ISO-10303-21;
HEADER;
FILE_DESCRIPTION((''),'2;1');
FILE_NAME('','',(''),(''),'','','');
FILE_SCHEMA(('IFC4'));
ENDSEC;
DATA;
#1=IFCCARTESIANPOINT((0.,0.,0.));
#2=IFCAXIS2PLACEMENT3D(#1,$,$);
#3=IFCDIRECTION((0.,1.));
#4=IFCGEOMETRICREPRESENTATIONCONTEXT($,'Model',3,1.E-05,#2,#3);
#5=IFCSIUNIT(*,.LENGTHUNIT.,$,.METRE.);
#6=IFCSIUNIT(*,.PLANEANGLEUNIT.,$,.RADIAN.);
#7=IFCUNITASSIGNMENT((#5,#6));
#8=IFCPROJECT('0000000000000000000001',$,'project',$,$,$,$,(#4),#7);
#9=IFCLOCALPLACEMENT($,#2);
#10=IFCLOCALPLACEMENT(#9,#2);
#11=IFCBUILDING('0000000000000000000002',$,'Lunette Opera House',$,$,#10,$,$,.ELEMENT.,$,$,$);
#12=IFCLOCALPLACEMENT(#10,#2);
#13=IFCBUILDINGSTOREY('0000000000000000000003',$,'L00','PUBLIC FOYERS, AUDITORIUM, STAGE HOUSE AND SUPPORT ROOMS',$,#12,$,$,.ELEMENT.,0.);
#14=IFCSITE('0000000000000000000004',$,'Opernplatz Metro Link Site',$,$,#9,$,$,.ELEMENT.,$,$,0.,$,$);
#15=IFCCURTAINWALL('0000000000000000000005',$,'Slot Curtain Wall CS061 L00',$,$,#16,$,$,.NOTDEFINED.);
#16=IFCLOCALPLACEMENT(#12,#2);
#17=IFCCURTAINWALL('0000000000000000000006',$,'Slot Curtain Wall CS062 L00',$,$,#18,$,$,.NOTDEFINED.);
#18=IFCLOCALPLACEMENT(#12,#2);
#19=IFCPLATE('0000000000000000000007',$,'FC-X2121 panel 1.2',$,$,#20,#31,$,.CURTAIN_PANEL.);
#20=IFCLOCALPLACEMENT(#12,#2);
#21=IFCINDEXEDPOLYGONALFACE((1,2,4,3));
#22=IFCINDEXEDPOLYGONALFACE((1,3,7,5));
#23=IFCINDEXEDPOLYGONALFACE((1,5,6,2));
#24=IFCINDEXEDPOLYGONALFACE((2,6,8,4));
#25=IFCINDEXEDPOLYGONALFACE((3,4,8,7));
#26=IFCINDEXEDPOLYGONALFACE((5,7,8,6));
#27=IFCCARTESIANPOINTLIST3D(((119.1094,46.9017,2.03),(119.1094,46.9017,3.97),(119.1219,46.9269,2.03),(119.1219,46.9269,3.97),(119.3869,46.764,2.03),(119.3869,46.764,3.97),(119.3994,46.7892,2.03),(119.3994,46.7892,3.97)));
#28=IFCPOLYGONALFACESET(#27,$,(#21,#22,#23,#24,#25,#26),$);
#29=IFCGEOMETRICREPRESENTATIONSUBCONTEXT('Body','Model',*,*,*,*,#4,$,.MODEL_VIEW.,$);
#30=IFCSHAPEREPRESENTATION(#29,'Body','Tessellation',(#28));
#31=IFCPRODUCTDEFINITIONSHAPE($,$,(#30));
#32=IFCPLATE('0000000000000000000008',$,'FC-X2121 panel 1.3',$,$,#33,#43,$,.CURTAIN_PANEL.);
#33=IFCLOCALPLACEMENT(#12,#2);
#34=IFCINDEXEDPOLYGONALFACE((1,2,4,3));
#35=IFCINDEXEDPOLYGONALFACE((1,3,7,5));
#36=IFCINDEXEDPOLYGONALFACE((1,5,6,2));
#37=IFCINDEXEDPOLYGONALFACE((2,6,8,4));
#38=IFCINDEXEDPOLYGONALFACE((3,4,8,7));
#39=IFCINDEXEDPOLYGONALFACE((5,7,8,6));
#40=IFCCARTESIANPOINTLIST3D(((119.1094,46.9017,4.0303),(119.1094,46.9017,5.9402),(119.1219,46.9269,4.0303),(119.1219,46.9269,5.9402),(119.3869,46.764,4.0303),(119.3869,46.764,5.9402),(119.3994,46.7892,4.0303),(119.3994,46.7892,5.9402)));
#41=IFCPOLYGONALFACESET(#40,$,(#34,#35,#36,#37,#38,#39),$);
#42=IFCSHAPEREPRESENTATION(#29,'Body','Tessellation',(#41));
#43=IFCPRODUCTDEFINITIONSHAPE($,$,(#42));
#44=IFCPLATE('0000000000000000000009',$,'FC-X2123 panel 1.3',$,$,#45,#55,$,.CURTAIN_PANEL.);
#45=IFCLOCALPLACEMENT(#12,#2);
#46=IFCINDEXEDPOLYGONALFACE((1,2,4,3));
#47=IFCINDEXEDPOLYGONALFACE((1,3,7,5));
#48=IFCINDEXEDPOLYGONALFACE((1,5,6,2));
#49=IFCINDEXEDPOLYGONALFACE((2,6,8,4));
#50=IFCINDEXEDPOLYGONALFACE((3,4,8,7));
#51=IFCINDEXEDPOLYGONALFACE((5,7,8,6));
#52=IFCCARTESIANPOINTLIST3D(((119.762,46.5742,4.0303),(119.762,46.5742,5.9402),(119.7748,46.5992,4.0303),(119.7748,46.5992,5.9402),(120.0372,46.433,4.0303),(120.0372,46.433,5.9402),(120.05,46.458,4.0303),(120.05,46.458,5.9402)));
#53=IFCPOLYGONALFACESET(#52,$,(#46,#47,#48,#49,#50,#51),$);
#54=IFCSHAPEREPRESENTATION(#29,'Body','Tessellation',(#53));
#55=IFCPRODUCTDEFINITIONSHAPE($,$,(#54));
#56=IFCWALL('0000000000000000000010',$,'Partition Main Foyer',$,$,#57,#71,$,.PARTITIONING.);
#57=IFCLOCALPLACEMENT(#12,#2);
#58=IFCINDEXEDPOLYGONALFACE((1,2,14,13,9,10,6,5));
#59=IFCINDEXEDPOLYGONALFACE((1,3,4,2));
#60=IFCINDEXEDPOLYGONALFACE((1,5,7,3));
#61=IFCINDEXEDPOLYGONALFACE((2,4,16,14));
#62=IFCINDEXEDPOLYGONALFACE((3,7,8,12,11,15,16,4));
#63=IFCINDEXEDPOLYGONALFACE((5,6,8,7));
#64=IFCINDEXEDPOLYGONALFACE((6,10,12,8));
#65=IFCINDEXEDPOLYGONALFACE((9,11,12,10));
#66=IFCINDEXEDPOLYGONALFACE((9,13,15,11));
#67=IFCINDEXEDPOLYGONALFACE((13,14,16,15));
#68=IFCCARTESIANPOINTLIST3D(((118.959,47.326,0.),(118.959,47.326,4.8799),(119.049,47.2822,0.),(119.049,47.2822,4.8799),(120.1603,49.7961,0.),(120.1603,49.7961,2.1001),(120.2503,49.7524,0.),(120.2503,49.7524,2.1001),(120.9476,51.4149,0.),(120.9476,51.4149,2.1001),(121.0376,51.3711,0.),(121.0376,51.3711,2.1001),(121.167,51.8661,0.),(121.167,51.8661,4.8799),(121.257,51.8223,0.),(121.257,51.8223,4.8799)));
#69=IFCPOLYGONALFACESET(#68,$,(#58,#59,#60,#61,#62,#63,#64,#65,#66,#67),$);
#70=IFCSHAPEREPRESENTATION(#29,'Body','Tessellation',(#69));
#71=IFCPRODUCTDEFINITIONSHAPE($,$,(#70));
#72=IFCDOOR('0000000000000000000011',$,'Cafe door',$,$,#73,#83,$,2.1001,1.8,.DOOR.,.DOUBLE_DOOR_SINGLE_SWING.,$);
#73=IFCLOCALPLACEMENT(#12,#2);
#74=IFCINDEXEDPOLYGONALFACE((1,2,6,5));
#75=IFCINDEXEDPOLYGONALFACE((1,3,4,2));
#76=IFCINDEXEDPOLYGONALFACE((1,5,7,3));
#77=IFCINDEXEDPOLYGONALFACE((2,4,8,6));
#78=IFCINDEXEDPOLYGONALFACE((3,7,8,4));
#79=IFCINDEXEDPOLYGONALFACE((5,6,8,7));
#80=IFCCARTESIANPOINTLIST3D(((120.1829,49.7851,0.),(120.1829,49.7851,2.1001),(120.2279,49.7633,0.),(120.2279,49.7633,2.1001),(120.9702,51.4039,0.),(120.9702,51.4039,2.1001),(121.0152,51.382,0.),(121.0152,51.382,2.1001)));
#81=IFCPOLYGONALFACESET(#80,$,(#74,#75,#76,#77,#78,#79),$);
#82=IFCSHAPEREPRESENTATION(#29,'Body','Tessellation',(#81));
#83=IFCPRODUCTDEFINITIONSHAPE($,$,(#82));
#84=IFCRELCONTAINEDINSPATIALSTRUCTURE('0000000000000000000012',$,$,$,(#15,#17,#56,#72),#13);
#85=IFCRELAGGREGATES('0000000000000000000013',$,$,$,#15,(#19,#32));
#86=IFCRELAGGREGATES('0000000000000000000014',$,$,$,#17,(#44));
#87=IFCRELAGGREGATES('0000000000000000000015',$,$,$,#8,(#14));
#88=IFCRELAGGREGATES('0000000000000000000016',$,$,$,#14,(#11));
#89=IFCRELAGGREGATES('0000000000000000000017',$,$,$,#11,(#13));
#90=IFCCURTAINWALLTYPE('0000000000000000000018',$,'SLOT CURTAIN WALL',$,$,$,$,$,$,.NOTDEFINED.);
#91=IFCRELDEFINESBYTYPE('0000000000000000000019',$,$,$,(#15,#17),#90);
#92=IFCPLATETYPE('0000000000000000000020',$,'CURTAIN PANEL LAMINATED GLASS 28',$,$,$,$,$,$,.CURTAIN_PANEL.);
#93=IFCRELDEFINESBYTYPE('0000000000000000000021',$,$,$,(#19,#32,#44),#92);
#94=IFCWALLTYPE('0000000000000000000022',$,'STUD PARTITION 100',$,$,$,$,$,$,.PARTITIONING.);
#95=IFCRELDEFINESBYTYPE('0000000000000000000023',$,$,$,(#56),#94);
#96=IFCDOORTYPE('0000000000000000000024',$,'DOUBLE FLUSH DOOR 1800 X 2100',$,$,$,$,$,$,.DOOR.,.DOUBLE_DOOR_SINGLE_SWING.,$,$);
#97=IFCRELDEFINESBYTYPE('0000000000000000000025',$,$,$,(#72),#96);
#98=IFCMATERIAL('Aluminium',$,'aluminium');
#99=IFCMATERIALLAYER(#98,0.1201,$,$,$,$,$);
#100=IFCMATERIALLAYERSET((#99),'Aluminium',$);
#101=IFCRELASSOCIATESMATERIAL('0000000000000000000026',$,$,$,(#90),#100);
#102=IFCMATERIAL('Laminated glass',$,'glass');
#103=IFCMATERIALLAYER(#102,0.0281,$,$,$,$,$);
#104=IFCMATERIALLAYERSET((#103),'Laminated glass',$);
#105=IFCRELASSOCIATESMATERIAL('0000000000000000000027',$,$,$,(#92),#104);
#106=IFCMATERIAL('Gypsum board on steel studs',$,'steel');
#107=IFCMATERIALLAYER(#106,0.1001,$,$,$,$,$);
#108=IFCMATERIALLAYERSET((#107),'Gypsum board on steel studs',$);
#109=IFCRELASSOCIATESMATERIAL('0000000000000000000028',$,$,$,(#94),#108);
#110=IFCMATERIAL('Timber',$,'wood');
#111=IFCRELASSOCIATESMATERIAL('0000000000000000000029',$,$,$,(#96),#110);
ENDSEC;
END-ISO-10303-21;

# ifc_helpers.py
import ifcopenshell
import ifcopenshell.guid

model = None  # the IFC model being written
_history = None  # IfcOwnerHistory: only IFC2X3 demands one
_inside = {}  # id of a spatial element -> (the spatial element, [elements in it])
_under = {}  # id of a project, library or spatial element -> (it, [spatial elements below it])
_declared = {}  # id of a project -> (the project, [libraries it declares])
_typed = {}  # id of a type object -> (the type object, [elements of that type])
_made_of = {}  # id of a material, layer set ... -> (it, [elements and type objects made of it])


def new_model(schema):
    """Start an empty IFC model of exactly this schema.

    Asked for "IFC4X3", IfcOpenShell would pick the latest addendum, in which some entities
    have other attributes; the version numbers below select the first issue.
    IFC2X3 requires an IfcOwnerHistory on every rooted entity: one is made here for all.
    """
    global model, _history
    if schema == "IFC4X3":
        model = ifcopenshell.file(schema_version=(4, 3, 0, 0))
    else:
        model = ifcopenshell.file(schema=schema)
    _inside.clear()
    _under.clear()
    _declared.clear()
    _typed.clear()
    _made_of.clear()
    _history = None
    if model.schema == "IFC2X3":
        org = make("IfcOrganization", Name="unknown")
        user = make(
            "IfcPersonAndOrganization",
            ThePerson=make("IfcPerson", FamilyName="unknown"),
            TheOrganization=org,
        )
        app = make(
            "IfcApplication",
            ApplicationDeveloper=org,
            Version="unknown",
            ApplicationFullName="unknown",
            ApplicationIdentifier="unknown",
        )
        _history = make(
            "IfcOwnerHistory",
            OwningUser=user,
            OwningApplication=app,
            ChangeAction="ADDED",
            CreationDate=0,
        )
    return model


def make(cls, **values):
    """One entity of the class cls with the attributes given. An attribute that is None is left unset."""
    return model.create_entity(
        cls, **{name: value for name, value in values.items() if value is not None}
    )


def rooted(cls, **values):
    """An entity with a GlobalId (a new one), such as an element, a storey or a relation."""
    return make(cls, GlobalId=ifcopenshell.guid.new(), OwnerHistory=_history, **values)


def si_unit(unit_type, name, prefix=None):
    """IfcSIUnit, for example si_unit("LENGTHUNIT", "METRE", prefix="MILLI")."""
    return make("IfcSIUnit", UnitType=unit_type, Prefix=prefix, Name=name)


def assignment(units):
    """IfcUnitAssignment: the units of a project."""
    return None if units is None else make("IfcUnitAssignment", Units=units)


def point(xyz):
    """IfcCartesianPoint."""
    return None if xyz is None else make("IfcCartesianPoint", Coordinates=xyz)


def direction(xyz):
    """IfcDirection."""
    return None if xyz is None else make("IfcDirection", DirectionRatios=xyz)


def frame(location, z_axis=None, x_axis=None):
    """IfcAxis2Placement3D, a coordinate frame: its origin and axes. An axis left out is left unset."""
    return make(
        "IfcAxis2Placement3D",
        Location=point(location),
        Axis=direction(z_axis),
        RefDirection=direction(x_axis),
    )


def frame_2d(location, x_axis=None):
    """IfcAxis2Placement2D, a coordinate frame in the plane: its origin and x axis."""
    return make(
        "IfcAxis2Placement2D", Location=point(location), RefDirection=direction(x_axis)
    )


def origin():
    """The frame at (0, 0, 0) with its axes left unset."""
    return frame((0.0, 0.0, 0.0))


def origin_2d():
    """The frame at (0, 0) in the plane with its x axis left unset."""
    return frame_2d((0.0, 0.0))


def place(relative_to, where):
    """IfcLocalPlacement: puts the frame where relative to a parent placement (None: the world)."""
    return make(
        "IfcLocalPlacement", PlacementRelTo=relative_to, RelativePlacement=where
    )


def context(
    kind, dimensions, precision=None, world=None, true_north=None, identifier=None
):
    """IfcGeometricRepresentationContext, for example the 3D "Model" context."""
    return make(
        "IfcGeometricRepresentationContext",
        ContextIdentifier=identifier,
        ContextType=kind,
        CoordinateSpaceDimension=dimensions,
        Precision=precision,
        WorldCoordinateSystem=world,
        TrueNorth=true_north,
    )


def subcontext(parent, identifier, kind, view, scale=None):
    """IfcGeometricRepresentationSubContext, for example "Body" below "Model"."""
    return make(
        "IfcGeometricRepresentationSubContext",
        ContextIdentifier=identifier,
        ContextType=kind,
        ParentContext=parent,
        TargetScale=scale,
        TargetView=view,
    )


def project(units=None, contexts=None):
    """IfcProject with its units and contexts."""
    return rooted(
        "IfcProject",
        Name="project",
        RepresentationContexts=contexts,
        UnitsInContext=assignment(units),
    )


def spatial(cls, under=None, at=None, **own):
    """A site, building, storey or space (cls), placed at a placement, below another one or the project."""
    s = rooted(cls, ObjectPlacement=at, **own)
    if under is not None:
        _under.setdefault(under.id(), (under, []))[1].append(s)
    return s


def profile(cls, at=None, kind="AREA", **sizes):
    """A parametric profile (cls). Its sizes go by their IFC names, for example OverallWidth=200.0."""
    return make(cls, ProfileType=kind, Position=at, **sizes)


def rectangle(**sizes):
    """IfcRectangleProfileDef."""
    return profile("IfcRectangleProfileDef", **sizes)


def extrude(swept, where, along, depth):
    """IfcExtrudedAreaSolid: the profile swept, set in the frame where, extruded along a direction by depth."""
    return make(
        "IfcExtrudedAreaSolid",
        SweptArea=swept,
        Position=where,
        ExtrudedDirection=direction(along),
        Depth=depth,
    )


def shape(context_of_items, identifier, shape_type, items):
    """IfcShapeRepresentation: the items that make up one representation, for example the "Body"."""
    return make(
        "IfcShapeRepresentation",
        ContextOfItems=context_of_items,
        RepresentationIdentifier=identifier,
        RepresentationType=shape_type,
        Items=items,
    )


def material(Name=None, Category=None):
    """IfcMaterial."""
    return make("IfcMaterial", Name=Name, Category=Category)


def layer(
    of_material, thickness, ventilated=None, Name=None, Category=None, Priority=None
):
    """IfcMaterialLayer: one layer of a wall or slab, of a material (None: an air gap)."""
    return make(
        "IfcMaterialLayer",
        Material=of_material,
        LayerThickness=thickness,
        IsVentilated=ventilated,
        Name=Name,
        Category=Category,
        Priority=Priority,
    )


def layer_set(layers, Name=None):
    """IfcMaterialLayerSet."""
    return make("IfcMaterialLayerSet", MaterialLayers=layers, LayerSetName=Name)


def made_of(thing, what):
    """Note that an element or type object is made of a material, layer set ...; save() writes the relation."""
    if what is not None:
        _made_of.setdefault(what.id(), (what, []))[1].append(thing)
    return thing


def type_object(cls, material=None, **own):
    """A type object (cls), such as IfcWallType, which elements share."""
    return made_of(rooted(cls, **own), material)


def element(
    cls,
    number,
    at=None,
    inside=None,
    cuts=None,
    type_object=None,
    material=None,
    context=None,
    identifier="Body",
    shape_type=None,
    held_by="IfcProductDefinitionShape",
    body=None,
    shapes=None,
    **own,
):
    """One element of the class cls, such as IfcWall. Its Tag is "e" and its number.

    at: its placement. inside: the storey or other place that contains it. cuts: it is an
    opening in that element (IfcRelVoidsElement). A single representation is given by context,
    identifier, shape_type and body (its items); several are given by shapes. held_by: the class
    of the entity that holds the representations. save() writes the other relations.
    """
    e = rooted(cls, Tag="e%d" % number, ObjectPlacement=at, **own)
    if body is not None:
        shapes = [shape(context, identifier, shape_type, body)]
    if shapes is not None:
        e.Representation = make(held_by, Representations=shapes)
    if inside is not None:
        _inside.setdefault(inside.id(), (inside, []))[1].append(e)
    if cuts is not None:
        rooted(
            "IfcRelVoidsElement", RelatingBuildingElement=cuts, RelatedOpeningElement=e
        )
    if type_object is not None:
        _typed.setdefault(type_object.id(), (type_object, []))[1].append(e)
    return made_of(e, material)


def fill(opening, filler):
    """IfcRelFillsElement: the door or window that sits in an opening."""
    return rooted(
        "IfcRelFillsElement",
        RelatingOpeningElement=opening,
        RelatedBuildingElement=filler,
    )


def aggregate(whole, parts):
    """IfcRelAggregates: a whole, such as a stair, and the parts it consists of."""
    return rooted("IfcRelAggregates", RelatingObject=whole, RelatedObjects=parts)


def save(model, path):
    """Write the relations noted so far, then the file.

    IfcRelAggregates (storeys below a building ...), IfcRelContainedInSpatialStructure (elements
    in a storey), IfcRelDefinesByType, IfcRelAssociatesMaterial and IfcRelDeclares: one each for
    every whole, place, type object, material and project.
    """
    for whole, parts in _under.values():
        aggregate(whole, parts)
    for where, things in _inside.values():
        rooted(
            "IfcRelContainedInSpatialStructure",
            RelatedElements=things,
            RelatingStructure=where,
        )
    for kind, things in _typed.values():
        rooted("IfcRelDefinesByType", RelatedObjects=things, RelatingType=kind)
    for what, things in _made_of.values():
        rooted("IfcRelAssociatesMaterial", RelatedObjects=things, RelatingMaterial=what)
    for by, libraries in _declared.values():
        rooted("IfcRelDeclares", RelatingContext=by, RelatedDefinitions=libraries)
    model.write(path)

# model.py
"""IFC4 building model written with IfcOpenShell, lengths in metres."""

from ifc_helpers import new_model, si_unit, direction, frame, frame_2d, origin, origin_2d, place, context, subcontext, project, spatial, rectangle, extrude, material, layer, layer_set, type_object, element, fill, aggregate, save


model = new_model("IFC4")

# Units and contexts
model_context = context("Model", 3, precision=1e-05, world=origin(), true_north=direction((0.0, 1.0)))
body_context = subcontext(model_context, "Body", "Model", "MODEL_VIEW")
ifc_project = project(units=[si_unit("LENGTHUNIT", "METRE"), si_unit("PLANEANGLEUNIT", "RADIAN")], contexts=[model_context])

# Site, building, storey
site_placement = place(None, origin())
site = spatial("IfcSite", under=ifc_project, at=site_placement, Name="Opernplatz Metro Link Site", CompositionType="ELEMENT", RefElevation=0.0)
building_placement = place(site_placement, origin())
building = spatial("IfcBuilding", under=site, at=building_placement, Name="Lunette Opera House", CompositionType="ELEMENT")
storey_placement = place(building_placement, origin())
storey = spatial("IfcBuildingStorey", under=building, at=storey_placement, Name="L00", Description="PUBLIC FOYERS, AUDITORIUM, STAGE HOUSE AND SUPPORT ROOMS", CompositionType="ELEMENT", Elevation=0.0)

# Shared definitions
ifc_material_1 = material(Name="Aluminium", Category="aluminium")
ifc_layer_1 = layer(ifc_material_1, 0.1201)
ifc_layer_set_1 = layer_set([ifc_layer_1], Name="Aluminium")
curtain_wall_type = type_object("IfcCurtainWallType", Name="SLOT CURTAIN WALL", PredefinedType="NOTDEFINED", material=ifc_layer_set_1)

# Curtain wall
curtain_wall_1_placement = place(storey_placement, origin())
curtain_wall_1 = element("IfcCurtainWall", 1, at=curtain_wall_1_placement, inside=storey, type_object=curtain_wall_type, Name="Slot Curtain Wall CS061 L00", PredefinedType="NOTDEFINED")

# Curtain wall
curtain_wall_2_placement = place(storey_placement, origin())
curtain_wall_2 = element("IfcCurtainWall", 2, at=curtain_wall_2_placement, inside=storey, type_object=curtain_wall_type, Name="Slot Curtain Wall CS062 L00", PredefinedType="NOTDEFINED")

# Plates
ifc_material_2 = material(Name="Laminated glass", Category="glass")
ifc_layer_2 = layer(ifc_material_2, 0.0281)
ifc_layer_set_2 = layer_set([ifc_layer_2], Name="Laminated glass")
plate_type = type_object("IfcPlateType", Name="CURTAIN PANEL LAMINATED GLASS 28", PredefinedType="CURTAIN_PANEL", material=ifc_layer_set_2)
plate_1_placement = place(storey_placement, frame((119.2544, 46.8455, 2.03), z_axis=(0.0, 0.0, 1.0), x_axis=(0.895819, -0.444419, 0.0)))
plate_1 = element("IfcPlate", 3, at=plate_1_placement, type_object=plate_type, Name="FC-X2121 panel 1.2", PredefinedType="CURTAIN_PANEL", context=body_context, shape_type="SweptSolid", body=[
    extrude(rectangle(XDim=0.3098, YDim=0.0281, at=origin_2d()), origin(), (0.0, 0.0, 1.0), 1.9399),
])
plate_2_placement = place(storey_placement, frame((119.2544, 46.8455, 4.0303), z_axis=(0.0, 0.0, 1.0), x_axis=(0.895819, -0.444419, 0.0)))
plate_2 = element("IfcPlate", 4, at=plate_2_placement, type_object=plate_type, Name="FC-X2121 panel 1.3", PredefinedType="CURTAIN_PANEL", context=body_context, shape_type="SweptSolid", body=[
    extrude(rectangle(XDim=0.3098, YDim=0.0281, at=origin_2d()), origin(), (0.0, 0.0, 1.0), 1.9099),
])
aggregate(curtain_wall_1, [plate_1, plate_2])
plate_3_placement = place(storey_placement, frame((119.906, 46.5161, 4.0303), z_axis=(0.0, 0.0, 1.0), x_axis=(0.88972, -0.456506, 0.0)))
plate_3 = element("IfcPlate", 5, at=plate_3_placement, type_object=plate_type, Name="FC-X2123 panel 1.3", PredefinedType="CURTAIN_PANEL", context=body_context, shape_type="SweptSolid", body=[
    extrude(rectangle(XDim=0.3093, YDim=0.0281, at=origin_2d()), origin(), (0.0, 0.0, 1.0), 1.9099),
])
aggregate(curtain_wall_2, [plate_3])

# Wall, opening, door
ifc_material_3 = material(Name="Gypsum board on steel studs", Category="steel")
ifc_layer_3 = layer(ifc_material_3, 0.1001)
ifc_layer_set_3 = layer_set([ifc_layer_3], Name="Gypsum board on steel studs")
wall_type_1 = type_object("IfcWallType", Name="STUD PARTITION 100", PredefinedType="PARTITIONING", material=ifc_layer_set_3)
wall_1_placement = place(storey_placement, frame((119.0039, 47.304, 0.0), z_axis=(0.0, 0.0, 1.0), x_axis=(0.43736, 0.899286, 0.0)))
wall_1 = element("IfcWall", 6, at=wall_1_placement, inside=storey, type_object=wall_type_1, Name="Partition Main Foyer", PredefinedType="PARTITIONING", context=body_context, shape_type="SweptSolid", body=[
    extrude(rectangle(XDim=5.0486, YDim=0.1001, at=frame_2d((2.5244, 0.0))), origin(), (0.0, 0.0, 1.0), 4.8799),
])
opening_1_placement = place(wall_1_placement, frame((2.7471, 0.0, 0.0)))
opening_1 = element("IfcOpeningElement", 7, at=opening_1_placement, cuts=wall_1, PredefinedType="OPENING", context=body_context, shape_type="SweptSolid", body=[
    extrude(rectangle(XDim=1.8, YDim=2.1001, at=frame_2d((0.8999, 1.05))), frame((0.0, 0.062, 0.0), z_axis=(0.0, -1.0, 0.0), x_axis=(1.0, 0.0, 0.0)), (0.0, 0.0, 1.0), 0.124),
])
ifc_material_4 = material(Name="Timber", Category="wood")
door_type_1 = type_object("IfcDoorType", Name="DOUBLE FLUSH DOOR 1800 X 2100", OperationType="DOUBLE_DOOR_SINGLE_SWING", PredefinedType="DOOR", material=ifc_material_4)
door_1_placement = place(opening_1_placement, origin())
door_1 = element("IfcDoor", 8, at=door_1_placement, inside=storey, type_object=door_type_1, Name="Cafe door", OperationType="DOUBLE_DOOR_SINGLE_SWING", OverallHeight=2.1001, OverallWidth=1.8, PredefinedType="DOOR", context=body_context, shape_type="SweptSolid", body=[
    extrude(rectangle(XDim=1.8, YDim=2.1001, at=frame_2d((0.8999, 1.05))), frame((0.0, 0.0249, 0.0), z_axis=(0.0, -1.0, 0.0), x_axis=(1.0, 0.0, 0.0)), (0.0, 0.0, 1.0), 0.05),
])
fill(opening_1, door_1)

save(model, "model.ifc")
